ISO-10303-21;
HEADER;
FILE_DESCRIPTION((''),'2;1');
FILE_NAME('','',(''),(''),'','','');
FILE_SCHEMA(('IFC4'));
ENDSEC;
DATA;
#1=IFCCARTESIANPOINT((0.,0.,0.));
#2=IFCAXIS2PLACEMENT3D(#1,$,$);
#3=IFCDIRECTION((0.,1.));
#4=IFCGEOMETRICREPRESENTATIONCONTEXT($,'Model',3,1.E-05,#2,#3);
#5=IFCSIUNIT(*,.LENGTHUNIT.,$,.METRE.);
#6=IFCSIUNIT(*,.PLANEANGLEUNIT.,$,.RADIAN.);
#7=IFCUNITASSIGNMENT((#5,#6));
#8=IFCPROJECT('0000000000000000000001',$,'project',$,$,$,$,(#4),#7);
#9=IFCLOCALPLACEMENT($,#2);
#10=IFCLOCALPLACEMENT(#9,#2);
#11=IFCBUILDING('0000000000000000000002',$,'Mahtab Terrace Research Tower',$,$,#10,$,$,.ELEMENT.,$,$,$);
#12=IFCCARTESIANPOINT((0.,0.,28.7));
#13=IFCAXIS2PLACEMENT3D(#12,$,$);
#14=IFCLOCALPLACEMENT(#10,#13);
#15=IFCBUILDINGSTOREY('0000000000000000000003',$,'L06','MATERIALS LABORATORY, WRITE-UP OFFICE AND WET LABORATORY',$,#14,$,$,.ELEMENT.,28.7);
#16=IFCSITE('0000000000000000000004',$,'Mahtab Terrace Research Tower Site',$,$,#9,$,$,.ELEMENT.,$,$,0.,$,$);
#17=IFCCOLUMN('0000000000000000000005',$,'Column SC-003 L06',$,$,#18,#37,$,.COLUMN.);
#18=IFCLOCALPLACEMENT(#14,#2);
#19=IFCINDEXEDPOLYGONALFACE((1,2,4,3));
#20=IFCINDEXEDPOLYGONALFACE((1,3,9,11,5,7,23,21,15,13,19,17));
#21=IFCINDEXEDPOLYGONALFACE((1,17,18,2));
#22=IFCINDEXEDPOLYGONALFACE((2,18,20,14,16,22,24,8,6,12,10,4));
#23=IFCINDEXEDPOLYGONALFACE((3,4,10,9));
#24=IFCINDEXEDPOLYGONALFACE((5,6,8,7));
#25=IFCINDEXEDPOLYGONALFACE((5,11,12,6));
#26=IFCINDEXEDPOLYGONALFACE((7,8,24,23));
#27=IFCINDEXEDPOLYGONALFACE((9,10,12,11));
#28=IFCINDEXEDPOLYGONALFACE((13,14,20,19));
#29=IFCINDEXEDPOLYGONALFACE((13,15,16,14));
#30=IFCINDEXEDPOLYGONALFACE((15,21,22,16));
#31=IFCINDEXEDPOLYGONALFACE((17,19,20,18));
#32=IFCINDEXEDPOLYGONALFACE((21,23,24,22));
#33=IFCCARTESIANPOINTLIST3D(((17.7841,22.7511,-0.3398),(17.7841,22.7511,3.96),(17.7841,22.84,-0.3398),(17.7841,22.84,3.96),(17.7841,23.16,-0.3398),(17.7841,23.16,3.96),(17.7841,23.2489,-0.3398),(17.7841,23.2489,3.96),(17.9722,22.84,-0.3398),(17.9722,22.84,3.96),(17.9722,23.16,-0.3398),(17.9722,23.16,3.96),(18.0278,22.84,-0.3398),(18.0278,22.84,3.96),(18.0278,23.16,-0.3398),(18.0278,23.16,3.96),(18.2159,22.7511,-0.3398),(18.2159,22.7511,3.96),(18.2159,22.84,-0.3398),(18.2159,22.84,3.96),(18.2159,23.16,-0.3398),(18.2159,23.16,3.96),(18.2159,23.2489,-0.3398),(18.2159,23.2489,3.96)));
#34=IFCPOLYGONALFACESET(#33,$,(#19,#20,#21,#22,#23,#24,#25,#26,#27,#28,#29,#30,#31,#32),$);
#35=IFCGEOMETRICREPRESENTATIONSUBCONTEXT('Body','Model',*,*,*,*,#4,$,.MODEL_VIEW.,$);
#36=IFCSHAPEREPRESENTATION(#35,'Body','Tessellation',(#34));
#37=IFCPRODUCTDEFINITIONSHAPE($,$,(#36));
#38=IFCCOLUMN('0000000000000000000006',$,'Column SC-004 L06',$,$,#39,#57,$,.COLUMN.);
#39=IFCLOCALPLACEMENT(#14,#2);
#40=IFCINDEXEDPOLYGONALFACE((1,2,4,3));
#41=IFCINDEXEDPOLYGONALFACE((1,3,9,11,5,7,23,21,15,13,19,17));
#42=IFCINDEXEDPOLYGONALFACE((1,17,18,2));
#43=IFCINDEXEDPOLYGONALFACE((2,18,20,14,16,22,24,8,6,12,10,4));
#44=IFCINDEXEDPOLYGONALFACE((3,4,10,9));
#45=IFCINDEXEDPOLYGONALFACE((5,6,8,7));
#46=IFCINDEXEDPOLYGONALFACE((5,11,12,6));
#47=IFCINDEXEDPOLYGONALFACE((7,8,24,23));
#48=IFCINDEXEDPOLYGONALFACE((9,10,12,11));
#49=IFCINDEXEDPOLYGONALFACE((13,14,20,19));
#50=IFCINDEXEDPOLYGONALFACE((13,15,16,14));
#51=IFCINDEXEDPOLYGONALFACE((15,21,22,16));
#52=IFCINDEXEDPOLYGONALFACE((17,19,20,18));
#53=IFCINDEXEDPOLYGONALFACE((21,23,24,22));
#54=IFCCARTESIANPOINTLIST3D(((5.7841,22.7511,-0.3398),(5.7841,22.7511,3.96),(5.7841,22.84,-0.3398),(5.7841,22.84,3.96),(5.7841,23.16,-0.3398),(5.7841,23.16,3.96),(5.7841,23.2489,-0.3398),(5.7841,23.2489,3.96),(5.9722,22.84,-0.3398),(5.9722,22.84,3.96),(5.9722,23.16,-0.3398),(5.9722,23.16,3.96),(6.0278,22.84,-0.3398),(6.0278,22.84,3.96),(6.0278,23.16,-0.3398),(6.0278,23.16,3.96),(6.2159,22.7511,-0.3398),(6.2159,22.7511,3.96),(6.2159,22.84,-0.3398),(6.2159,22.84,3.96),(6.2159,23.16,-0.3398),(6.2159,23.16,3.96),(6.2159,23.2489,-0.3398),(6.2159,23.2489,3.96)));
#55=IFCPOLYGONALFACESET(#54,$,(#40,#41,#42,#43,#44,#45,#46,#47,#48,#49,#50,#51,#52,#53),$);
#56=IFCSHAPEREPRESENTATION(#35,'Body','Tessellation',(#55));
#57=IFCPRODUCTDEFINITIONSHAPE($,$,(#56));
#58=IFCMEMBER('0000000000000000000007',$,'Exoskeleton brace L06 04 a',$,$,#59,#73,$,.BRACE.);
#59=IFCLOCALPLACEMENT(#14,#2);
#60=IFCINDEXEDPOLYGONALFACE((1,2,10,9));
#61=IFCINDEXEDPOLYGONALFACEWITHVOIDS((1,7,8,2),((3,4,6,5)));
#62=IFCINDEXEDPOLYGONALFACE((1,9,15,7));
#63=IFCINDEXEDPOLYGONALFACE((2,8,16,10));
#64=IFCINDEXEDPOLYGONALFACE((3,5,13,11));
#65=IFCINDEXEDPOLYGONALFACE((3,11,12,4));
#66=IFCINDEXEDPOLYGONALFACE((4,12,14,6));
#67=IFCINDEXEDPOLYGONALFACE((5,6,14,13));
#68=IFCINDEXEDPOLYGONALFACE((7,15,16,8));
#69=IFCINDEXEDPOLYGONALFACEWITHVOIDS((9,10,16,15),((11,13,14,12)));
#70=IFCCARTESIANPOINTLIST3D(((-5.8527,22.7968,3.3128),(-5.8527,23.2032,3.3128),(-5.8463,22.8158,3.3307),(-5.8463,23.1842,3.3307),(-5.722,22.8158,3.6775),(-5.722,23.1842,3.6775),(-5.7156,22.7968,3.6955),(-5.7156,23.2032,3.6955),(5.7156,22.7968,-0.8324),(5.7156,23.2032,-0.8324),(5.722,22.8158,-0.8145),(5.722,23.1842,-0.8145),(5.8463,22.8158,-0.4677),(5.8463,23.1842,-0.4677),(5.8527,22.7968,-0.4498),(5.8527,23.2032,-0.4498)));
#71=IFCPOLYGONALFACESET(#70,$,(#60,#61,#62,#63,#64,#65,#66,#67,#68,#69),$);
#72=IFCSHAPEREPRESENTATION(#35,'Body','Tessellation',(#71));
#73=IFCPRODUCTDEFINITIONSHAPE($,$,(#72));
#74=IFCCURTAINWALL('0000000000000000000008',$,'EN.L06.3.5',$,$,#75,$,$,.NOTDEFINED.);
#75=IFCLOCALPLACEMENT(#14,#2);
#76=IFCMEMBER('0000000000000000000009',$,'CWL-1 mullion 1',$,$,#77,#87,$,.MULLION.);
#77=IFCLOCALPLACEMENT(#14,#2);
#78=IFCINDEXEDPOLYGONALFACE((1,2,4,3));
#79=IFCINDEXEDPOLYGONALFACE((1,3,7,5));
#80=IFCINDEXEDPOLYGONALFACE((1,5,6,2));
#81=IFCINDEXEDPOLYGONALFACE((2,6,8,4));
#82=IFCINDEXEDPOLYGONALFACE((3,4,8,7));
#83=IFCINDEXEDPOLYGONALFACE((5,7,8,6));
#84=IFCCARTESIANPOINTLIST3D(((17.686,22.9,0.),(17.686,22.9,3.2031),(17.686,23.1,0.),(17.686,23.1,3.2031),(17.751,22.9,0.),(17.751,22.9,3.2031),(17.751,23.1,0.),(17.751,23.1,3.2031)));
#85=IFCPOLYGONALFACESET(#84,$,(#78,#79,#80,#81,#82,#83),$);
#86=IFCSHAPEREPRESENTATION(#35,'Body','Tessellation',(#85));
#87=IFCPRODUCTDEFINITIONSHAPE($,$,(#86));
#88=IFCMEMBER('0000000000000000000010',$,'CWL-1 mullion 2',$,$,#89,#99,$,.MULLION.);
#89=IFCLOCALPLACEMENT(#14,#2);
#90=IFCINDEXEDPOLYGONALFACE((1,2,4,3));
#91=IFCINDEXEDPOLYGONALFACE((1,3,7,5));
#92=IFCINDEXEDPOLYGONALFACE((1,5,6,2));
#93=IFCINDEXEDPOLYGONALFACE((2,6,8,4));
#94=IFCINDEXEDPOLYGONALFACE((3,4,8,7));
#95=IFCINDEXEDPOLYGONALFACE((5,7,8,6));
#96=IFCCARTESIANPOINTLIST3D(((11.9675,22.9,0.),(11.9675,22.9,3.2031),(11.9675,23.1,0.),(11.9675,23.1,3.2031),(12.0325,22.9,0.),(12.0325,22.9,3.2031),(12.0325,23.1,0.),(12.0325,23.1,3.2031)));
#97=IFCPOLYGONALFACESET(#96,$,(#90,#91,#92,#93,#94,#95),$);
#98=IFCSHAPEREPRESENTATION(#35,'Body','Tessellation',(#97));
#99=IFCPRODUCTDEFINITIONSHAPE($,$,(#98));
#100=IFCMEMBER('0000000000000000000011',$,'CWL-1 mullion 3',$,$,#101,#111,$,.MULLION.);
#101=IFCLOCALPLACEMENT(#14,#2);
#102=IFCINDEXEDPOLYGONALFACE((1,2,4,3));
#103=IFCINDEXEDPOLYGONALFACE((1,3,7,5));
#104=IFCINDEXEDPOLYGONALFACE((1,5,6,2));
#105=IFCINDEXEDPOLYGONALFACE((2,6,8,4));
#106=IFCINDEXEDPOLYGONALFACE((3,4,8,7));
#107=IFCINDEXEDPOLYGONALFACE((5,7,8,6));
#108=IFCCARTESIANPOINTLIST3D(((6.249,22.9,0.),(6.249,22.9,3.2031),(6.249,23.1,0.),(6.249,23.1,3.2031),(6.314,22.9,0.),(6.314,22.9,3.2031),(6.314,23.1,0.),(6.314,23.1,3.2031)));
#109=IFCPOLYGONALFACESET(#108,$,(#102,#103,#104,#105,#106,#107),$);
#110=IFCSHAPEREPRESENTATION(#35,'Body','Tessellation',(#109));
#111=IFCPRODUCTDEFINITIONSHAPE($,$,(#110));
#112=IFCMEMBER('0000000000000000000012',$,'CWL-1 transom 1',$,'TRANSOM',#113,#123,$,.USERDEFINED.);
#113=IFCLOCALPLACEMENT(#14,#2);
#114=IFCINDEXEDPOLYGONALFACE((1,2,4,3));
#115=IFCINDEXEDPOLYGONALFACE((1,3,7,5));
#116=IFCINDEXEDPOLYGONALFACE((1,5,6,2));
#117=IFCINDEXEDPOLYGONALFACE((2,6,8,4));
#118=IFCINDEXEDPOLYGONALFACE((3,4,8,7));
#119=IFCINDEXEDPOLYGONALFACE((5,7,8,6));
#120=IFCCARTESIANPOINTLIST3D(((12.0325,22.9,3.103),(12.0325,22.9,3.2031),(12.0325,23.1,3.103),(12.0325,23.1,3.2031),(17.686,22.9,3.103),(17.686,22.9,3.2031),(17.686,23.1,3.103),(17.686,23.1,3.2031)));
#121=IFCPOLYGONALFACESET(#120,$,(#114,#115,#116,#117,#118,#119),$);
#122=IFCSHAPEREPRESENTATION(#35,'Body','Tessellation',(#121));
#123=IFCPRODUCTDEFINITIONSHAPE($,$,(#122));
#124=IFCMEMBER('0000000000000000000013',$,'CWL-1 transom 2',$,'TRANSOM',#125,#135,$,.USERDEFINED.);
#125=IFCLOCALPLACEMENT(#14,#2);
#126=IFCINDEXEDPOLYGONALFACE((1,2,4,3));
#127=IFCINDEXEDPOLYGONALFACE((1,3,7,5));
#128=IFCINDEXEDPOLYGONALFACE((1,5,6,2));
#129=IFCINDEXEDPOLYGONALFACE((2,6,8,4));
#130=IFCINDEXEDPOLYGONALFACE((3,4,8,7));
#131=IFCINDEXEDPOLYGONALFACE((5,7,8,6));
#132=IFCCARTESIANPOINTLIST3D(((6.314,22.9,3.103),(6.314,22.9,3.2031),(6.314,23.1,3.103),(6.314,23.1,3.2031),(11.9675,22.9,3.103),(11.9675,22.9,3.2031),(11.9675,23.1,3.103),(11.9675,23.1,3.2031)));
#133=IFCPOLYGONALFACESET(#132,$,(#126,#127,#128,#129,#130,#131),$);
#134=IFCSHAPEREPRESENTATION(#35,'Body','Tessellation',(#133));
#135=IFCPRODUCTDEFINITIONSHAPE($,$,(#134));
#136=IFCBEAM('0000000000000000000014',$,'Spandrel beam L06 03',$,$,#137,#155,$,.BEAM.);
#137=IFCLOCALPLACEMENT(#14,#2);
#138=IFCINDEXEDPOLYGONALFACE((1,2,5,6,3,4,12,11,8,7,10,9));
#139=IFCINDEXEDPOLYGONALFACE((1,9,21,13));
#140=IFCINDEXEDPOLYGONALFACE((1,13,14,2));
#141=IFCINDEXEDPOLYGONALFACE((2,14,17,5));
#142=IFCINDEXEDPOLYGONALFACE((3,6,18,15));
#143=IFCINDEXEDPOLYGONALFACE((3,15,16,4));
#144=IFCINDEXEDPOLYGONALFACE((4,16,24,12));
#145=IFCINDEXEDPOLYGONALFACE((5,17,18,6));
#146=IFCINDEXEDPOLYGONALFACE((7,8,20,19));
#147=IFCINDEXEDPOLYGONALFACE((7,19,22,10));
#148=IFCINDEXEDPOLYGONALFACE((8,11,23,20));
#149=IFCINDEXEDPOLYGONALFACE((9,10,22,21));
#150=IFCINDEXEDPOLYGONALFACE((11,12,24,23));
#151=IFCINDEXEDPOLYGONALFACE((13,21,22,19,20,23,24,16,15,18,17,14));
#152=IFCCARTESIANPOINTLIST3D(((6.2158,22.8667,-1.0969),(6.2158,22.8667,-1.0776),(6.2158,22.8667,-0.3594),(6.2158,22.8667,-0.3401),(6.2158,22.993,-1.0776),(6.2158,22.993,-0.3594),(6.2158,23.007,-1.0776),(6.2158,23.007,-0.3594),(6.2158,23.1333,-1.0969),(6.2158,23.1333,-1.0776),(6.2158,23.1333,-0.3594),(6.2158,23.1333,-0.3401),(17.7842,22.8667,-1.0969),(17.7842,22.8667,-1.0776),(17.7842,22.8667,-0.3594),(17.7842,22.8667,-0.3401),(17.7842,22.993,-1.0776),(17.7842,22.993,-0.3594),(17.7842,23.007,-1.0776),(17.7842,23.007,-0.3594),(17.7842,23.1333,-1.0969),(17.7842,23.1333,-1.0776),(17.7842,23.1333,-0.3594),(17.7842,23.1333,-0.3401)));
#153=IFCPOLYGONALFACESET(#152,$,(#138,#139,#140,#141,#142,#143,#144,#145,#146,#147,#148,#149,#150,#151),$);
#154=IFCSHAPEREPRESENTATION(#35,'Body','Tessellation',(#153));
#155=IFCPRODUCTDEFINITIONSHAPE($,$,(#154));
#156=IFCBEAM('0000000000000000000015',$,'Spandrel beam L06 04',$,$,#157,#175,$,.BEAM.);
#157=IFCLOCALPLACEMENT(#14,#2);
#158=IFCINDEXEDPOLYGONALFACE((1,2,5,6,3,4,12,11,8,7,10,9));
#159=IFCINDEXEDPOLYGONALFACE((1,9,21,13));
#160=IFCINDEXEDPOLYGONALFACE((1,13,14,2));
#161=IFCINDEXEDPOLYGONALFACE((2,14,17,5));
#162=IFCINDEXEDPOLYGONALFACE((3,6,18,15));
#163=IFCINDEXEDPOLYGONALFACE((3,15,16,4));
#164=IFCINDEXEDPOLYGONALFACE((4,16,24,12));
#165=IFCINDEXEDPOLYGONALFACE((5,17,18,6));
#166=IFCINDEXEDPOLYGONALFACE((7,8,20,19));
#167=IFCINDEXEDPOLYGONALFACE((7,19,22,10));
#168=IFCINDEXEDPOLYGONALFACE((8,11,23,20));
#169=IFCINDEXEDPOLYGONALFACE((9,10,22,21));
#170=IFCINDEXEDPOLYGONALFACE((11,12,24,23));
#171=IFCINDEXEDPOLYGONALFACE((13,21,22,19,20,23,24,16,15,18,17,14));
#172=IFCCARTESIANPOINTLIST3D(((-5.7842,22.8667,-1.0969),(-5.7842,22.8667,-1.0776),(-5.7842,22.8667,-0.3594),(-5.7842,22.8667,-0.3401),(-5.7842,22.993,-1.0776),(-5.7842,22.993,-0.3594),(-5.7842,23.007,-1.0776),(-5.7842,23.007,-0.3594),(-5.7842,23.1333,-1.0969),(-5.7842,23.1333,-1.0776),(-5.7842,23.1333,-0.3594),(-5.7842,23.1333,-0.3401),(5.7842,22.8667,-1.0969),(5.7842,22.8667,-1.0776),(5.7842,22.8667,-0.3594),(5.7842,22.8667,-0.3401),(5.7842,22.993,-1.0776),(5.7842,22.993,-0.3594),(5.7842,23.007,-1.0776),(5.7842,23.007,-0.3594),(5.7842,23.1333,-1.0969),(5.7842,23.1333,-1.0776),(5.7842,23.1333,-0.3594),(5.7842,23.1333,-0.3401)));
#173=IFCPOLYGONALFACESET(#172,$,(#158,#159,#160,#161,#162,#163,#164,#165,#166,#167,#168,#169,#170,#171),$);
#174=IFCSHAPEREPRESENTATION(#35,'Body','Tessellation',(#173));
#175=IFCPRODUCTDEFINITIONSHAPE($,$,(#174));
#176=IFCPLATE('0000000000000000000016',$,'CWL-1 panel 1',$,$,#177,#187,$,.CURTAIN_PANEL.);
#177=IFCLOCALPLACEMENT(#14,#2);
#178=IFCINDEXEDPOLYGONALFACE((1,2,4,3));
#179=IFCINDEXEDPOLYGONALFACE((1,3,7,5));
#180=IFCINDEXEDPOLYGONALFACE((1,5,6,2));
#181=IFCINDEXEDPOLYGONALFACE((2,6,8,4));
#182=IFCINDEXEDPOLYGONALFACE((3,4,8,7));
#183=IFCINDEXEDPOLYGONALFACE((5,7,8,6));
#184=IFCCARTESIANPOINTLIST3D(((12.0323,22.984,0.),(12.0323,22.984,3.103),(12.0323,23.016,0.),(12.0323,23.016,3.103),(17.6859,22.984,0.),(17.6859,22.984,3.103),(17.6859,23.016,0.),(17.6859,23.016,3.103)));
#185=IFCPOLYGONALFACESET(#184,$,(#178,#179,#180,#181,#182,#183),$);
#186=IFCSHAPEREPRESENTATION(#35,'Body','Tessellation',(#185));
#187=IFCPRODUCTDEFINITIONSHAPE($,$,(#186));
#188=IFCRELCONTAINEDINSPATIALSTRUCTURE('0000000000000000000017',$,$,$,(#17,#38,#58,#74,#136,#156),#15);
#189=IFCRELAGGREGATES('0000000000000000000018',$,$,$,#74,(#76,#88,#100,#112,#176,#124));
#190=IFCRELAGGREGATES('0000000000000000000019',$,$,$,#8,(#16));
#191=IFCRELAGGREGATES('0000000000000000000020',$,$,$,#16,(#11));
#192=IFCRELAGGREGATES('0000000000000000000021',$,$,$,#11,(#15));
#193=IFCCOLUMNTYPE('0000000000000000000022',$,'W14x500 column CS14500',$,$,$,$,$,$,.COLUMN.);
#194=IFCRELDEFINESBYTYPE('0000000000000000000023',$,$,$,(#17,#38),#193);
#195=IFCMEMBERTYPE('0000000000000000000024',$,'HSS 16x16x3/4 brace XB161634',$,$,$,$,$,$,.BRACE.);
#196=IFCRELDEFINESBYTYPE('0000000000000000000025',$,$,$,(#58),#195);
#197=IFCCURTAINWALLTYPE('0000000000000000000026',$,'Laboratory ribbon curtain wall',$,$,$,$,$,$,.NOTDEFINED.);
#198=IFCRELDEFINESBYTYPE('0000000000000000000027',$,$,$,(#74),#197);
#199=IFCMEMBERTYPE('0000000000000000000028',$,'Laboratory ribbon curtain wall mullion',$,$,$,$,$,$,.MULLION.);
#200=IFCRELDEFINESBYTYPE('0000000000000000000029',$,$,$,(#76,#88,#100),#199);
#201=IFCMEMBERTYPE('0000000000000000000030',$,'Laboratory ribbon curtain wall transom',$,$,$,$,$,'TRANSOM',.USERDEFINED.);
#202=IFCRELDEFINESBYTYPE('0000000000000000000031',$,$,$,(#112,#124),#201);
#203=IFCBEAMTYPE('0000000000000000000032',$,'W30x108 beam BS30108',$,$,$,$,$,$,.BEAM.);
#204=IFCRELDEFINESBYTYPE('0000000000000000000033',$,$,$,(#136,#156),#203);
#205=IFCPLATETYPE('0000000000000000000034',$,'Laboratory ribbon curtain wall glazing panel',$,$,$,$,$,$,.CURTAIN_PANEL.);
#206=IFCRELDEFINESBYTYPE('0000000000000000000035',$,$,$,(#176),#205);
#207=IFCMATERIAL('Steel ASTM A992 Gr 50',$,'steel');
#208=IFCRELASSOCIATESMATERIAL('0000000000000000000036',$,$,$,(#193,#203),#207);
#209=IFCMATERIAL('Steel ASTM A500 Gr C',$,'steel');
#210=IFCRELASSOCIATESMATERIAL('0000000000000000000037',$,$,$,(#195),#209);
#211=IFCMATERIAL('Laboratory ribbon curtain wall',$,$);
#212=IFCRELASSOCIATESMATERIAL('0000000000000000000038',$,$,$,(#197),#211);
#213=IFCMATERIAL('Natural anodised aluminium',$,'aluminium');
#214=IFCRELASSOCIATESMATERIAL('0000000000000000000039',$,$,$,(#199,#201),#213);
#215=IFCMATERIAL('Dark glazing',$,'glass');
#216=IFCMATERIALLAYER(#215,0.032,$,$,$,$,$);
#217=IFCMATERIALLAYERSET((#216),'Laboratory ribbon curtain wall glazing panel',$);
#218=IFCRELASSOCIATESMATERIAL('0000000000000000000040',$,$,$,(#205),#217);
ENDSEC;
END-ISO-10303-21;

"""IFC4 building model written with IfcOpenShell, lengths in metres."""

from ifc_helpers import new_model, si_unit, direction, frame, origin, origin_2d, place, context, subcontext, project, spatial, rectangle, hollow_rectangle, i_section, extrude, material, layer, layer_set, material_profile, profile_set, type_object, element, aggregate, save


model = new_model("IFC4")

# Units and contexts
model_context = context("Model", 3, precision=1e-05, world=origin(), true_north=direction((0.0, 1.0)))
body_context = subcontext(model_context, "Body", "Model", "MODEL_VIEW")
ifc_project = project(units=[si_unit("LENGTHUNIT", "METRE"), si_unit("PLANEANGLEUNIT", "RADIAN")], contexts=[model_context])

# Site, building, storey
site_placement = place(None, origin())
site = spatial("IfcSite", under=ifc_project, at=site_placement, Name="Mahtab Terrace Research Tower Site", CompositionType="ELEMENT", RefElevation=0.0)
building_placement = place(site_placement, origin())
building = spatial("IfcBuilding", under=site, at=building_placement, Name="Mahtab Terrace Research Tower", CompositionType="ELEMENT")
storey_placement = place(building_placement, frame((0.0, 0.0, 28.7)))
storey = spatial("IfcBuildingStorey", under=building, at=storey_placement, Name="L06", Description="MATERIALS LABORATORY, WRITE-UP OFFICE AND WET LABORATORY", CompositionType="ELEMENT", Elevation=28.7)

# Columns
ifc_material_1 = material(Name="Steel ASTM A992 Gr 50", Category="steel")
ifc_material_profile_1 = material_profile(ifc_material_1, i_section(OverallWidth=0.4319, OverallDepth=0.4978, WebThickness=0.0557, FlangeThickness=0.0889, at=origin_2d()), Name="W14X500")
ifc_profile_set_1 = profile_set([ifc_material_profile_1], Name="Steel ASTM A992 Gr 50")
column_type = type_object("IfcColumnType", Name="W14x500 column CS14500", PredefinedType="COLUMN", material=ifc_profile_set_1)
for number, where, z_axis, x_axis, name in (
    (1, (18.0, 23.0, -0.3398), (0.0, 0.0, 1.0), (1.0, 0.0, 0.0), "Column SC-003 L06"),
    (2, (6.0, 23.0, -0.3398), (0.0, 0.0, 1.0), (1.0, 0.0, 0.0), "Column SC-004 L06"),
):
    element("IfcColumn", number, at=place(storey_placement, frame(where, z_axis=z_axis, x_axis=x_axis)), inside=storey, type_object=column_type, Name=name, PredefinedType="COLUMN", context=body_context, shape_type="SweptSolid", body=[
        extrude(i_section(OverallWidth=0.4319, OverallDepth=0.4978, WebThickness=0.0557, FlangeThickness=0.0889, at=origin_2d()), origin(), (0.0, 0.0, 1.0), 4.2998),
    ])

# Member
ifc_material_2 = material(Name="Steel ASTM A500 Gr C", Category="steel")
ifc_material_profile_2 = material_profile(ifc_material_2, hollow_rectangle(XDim=0.4065, YDim=0.4065, WallThickness=0.019, at=origin_2d()), Name="HSS16X16X3/4")
ifc_profile_set_2 = profile_set([ifc_material_profile_2], Name="Steel ASTM A500 Gr C")
member_type_1 = type_object("IfcMemberType", Name="HSS 16x16x3/4 brace XB161634", PredefinedType="BRACE", material=ifc_profile_set_2)
member_1_placement = place(storey_placement, frame((5.7842, 23.0, -0.6411), z_axis=(-0.941388, 0.0, 0.337325), x_axis=(0.0, -1.0, 0.0)))
element("IfcMember", 3, at=member_1_placement, inside=storey, type_object=member_type_1, Name="Exoskeleton brace L06 04 a", PredefinedType="BRACE", context=body_context, shape_type="SweptSolid", body=[
    extrude(hollow_rectangle(XDim=0.4065, YDim=0.4065, WallThickness=0.019, at=origin_2d()), origin(), (0.0, 0.0, 1.0), 12.2886),
])

# Curtain wall, members
ifc_material_3 = material(Name="Laboratory ribbon curtain wall")
curtain_wall_type = type_object("IfcCurtainWallType", Name="Laboratory ribbon curtain wall", PredefinedType="NOTDEFINED", material=ifc_material_3)
curtain_wall_placement = place(storey_placement, origin())
curtain_wall = element("IfcCurtainWall", 4, at=curtain_wall_placement, inside=storey, type_object=curtain_wall_type, Name="EN.L06.3.5", PredefinedType="NOTDEFINED")
ifc_material_4 = material(Name="Natural anodised aluminium", Category="aluminium")
ifc_material_profile_3 = material_profile(ifc_material_4, rectangle(XDim=0.2, YDim=0.0649, at=origin_2d()), Name="MULLION 65x200")
ifc_profile_set_3 = profile_set([ifc_material_profile_3], Name="Natural anodised aluminium")
member_type_2 = type_object("IfcMemberType", Name="Laboratory ribbon curtain wall mullion", PredefinedType="MULLION", material=ifc_profile_set_3)
member_2_placement = place(storey_placement, frame((17.7185, 23.0, 0.0), z_axis=(0.0, 0.0, 1.0), x_axis=(0.0, -1.0, 0.0)))
member_2 = element("IfcMember", 5, at=member_2_placement, type_object=member_type_2, Name="CWL-1 mullion 1", PredefinedType="MULLION", context=body_context, shape_type="SweptSolid", body=[
    extrude(rectangle(XDim=0.2, YDim=0.0649, at=origin_2d()), origin(), (0.0, 0.0, 1.0), 3.2031),
])
member_3_placement = place(storey_placement, frame((12.0, 23.0, 0.0), z_axis=(0.0, 0.0, 1.0), x_axis=(0.0, -1.0, 0.0)))
member_3 = element("IfcMember", 6, at=member_3_placement, type_object=member_type_2, Name="CWL-1 mullion 2", PredefinedType="MULLION", context=body_context, shape_type="SweptSolid", body=[
    extrude(rectangle(XDim=0.2, YDim=0.0649, at=origin_2d()), origin(), (0.0, 0.0, 1.0), 3.2031),
])
member_4_placement = place(storey_placement, frame((6.2815, 23.0, 0.0), z_axis=(0.0, 0.0, 1.0), x_axis=(0.0, -1.0, 0.0)))
member_4 = element("IfcMember", 7, at=member_4_placement, type_object=member_type_2, Name="CWL-1 mullion 3", PredefinedType="MULLION", context=body_context, shape_type="SweptSolid", body=[
    extrude(rectangle(XDim=0.2, YDim=0.0649, at=origin_2d()), origin(), (0.0, 0.0, 1.0), 3.2031),
])
ifc_material_profile_4 = material_profile(ifc_material_4, rectangle(XDim=0.2, YDim=0.1001, at=origin_2d()), Name="TRANSOM 100x200")
ifc_profile_set_4 = profile_set([ifc_material_profile_4], Name="Natural anodised aluminium")
member_type_3 = type_object("IfcMemberType", Name="Laboratory ribbon curtain wall transom", ElementType="TRANSOM", PredefinedType="USERDEFINED", material=ifc_profile_set_4)
member_5_placement = place(storey_placement, frame((17.686, 23.0, 3.1531), z_axis=(-1.0, 0.0, 0.0), x_axis=(0.0, -1.0, 0.0)))
member_5 = element("IfcMember", 8, at=member_5_placement, type_object=member_type_3, Name="CWL-1 transom 1", ObjectType="TRANSOM", PredefinedType="USERDEFINED", context=body_context, shape_type="SweptSolid", body=[
    extrude(rectangle(XDim=0.2, YDim=0.1001, at=origin_2d()), origin(), (0.0, 0.0, 1.0), 5.6536),
])
member_6_placement = place(storey_placement, frame((11.9675, 23.0, 3.1531), z_axis=(-1.0, 0.0, 0.0), x_axis=(0.0, -1.0, 0.0)))
member_6 = element("IfcMember", 9, at=member_6_placement, type_object=member_type_3, Name="CWL-1 transom 2", ObjectType="TRANSOM", PredefinedType="USERDEFINED", context=body_context, shape_type="SweptSolid", body=[
    extrude(rectangle(XDim=0.2, YDim=0.1001, at=origin_2d()), origin(), (0.0, 0.0, 1.0), 5.6536),
])

# Beams
ifc_material_profile_5 = material_profile(ifc_material_1, i_section(OverallWidth=0.2666, OverallDepth=0.7568, WebThickness=0.0139, FlangeThickness=0.0193, at=origin_2d()), Name="W30X108")
ifc_profile_set_5 = profile_set([ifc_material_profile_5], Name="Steel ASTM A992 Gr 50")
beam_type = type_object("IfcBeamType", Name="W30x108 beam BS30108", PredefinedType="BEAM", material=ifc_profile_set_5)
for number, where, z_axis, x_axis, name in (
    (10, (17.7842, 23.0, -0.7185), (-1.0, 0.0, 0.0), (0.0, -1.0, 0.0), "Spandrel beam L06 03"),
    (11, (5.7842, 23.0, -0.7185), (-1.0, 0.0, 0.0), (0.0, -1.0, 0.0), "Spandrel beam L06 04"),
):
    element("IfcBeam", number, at=place(storey_placement, frame(where, z_axis=z_axis, x_axis=x_axis)), inside=storey, type_object=beam_type, Name=name, PredefinedType="BEAM", context=body_context, shape_type="SweptSolid", body=[
        extrude(i_section(OverallWidth=0.2666, OverallDepth=0.7568, WebThickness=0.0139, FlangeThickness=0.0193, at=origin_2d()), origin(), (0.0, 0.0, 1.0), 11.5684),
    ])

# Plate
ifc_material_5 = material(Name="Dark glazing", Category="glass")
ifc_layer_1 = layer(ifc_material_5, 0.032)
ifc_layer_set_1 = layer_set([ifc_layer_1], Name="Laboratory ribbon curtain wall glazing panel")
plate_type = type_object("IfcPlateType", Name="Laboratory ribbon curtain wall glazing panel", PredefinedType="CURTAIN_PANEL", material=ifc_layer_set_1)
plate_1_placement = place(storey_placement, frame((14.8591, 23.0, 0.0), z_axis=(0.0, 0.0, 1.0), x_axis=(-1.0, 0.0, 0.0)))
plate_1 = element("IfcPlate", 12, at=plate_1_placement, type_object=plate_type, Name="CWL-1 panel 1", PredefinedType="CURTAIN_PANEL", context=body_context, shape_type="SweptSolid", body=[
    extrude(rectangle(XDim=5.6536, YDim=0.032, at=origin_2d()), origin(), (0.0, 0.0, 1.0), 3.103),
])
aggregate(curtain_wall, [member_2, member_3, member_4, member_5, plate_1, member_6])

save(model, "model.ifc")
